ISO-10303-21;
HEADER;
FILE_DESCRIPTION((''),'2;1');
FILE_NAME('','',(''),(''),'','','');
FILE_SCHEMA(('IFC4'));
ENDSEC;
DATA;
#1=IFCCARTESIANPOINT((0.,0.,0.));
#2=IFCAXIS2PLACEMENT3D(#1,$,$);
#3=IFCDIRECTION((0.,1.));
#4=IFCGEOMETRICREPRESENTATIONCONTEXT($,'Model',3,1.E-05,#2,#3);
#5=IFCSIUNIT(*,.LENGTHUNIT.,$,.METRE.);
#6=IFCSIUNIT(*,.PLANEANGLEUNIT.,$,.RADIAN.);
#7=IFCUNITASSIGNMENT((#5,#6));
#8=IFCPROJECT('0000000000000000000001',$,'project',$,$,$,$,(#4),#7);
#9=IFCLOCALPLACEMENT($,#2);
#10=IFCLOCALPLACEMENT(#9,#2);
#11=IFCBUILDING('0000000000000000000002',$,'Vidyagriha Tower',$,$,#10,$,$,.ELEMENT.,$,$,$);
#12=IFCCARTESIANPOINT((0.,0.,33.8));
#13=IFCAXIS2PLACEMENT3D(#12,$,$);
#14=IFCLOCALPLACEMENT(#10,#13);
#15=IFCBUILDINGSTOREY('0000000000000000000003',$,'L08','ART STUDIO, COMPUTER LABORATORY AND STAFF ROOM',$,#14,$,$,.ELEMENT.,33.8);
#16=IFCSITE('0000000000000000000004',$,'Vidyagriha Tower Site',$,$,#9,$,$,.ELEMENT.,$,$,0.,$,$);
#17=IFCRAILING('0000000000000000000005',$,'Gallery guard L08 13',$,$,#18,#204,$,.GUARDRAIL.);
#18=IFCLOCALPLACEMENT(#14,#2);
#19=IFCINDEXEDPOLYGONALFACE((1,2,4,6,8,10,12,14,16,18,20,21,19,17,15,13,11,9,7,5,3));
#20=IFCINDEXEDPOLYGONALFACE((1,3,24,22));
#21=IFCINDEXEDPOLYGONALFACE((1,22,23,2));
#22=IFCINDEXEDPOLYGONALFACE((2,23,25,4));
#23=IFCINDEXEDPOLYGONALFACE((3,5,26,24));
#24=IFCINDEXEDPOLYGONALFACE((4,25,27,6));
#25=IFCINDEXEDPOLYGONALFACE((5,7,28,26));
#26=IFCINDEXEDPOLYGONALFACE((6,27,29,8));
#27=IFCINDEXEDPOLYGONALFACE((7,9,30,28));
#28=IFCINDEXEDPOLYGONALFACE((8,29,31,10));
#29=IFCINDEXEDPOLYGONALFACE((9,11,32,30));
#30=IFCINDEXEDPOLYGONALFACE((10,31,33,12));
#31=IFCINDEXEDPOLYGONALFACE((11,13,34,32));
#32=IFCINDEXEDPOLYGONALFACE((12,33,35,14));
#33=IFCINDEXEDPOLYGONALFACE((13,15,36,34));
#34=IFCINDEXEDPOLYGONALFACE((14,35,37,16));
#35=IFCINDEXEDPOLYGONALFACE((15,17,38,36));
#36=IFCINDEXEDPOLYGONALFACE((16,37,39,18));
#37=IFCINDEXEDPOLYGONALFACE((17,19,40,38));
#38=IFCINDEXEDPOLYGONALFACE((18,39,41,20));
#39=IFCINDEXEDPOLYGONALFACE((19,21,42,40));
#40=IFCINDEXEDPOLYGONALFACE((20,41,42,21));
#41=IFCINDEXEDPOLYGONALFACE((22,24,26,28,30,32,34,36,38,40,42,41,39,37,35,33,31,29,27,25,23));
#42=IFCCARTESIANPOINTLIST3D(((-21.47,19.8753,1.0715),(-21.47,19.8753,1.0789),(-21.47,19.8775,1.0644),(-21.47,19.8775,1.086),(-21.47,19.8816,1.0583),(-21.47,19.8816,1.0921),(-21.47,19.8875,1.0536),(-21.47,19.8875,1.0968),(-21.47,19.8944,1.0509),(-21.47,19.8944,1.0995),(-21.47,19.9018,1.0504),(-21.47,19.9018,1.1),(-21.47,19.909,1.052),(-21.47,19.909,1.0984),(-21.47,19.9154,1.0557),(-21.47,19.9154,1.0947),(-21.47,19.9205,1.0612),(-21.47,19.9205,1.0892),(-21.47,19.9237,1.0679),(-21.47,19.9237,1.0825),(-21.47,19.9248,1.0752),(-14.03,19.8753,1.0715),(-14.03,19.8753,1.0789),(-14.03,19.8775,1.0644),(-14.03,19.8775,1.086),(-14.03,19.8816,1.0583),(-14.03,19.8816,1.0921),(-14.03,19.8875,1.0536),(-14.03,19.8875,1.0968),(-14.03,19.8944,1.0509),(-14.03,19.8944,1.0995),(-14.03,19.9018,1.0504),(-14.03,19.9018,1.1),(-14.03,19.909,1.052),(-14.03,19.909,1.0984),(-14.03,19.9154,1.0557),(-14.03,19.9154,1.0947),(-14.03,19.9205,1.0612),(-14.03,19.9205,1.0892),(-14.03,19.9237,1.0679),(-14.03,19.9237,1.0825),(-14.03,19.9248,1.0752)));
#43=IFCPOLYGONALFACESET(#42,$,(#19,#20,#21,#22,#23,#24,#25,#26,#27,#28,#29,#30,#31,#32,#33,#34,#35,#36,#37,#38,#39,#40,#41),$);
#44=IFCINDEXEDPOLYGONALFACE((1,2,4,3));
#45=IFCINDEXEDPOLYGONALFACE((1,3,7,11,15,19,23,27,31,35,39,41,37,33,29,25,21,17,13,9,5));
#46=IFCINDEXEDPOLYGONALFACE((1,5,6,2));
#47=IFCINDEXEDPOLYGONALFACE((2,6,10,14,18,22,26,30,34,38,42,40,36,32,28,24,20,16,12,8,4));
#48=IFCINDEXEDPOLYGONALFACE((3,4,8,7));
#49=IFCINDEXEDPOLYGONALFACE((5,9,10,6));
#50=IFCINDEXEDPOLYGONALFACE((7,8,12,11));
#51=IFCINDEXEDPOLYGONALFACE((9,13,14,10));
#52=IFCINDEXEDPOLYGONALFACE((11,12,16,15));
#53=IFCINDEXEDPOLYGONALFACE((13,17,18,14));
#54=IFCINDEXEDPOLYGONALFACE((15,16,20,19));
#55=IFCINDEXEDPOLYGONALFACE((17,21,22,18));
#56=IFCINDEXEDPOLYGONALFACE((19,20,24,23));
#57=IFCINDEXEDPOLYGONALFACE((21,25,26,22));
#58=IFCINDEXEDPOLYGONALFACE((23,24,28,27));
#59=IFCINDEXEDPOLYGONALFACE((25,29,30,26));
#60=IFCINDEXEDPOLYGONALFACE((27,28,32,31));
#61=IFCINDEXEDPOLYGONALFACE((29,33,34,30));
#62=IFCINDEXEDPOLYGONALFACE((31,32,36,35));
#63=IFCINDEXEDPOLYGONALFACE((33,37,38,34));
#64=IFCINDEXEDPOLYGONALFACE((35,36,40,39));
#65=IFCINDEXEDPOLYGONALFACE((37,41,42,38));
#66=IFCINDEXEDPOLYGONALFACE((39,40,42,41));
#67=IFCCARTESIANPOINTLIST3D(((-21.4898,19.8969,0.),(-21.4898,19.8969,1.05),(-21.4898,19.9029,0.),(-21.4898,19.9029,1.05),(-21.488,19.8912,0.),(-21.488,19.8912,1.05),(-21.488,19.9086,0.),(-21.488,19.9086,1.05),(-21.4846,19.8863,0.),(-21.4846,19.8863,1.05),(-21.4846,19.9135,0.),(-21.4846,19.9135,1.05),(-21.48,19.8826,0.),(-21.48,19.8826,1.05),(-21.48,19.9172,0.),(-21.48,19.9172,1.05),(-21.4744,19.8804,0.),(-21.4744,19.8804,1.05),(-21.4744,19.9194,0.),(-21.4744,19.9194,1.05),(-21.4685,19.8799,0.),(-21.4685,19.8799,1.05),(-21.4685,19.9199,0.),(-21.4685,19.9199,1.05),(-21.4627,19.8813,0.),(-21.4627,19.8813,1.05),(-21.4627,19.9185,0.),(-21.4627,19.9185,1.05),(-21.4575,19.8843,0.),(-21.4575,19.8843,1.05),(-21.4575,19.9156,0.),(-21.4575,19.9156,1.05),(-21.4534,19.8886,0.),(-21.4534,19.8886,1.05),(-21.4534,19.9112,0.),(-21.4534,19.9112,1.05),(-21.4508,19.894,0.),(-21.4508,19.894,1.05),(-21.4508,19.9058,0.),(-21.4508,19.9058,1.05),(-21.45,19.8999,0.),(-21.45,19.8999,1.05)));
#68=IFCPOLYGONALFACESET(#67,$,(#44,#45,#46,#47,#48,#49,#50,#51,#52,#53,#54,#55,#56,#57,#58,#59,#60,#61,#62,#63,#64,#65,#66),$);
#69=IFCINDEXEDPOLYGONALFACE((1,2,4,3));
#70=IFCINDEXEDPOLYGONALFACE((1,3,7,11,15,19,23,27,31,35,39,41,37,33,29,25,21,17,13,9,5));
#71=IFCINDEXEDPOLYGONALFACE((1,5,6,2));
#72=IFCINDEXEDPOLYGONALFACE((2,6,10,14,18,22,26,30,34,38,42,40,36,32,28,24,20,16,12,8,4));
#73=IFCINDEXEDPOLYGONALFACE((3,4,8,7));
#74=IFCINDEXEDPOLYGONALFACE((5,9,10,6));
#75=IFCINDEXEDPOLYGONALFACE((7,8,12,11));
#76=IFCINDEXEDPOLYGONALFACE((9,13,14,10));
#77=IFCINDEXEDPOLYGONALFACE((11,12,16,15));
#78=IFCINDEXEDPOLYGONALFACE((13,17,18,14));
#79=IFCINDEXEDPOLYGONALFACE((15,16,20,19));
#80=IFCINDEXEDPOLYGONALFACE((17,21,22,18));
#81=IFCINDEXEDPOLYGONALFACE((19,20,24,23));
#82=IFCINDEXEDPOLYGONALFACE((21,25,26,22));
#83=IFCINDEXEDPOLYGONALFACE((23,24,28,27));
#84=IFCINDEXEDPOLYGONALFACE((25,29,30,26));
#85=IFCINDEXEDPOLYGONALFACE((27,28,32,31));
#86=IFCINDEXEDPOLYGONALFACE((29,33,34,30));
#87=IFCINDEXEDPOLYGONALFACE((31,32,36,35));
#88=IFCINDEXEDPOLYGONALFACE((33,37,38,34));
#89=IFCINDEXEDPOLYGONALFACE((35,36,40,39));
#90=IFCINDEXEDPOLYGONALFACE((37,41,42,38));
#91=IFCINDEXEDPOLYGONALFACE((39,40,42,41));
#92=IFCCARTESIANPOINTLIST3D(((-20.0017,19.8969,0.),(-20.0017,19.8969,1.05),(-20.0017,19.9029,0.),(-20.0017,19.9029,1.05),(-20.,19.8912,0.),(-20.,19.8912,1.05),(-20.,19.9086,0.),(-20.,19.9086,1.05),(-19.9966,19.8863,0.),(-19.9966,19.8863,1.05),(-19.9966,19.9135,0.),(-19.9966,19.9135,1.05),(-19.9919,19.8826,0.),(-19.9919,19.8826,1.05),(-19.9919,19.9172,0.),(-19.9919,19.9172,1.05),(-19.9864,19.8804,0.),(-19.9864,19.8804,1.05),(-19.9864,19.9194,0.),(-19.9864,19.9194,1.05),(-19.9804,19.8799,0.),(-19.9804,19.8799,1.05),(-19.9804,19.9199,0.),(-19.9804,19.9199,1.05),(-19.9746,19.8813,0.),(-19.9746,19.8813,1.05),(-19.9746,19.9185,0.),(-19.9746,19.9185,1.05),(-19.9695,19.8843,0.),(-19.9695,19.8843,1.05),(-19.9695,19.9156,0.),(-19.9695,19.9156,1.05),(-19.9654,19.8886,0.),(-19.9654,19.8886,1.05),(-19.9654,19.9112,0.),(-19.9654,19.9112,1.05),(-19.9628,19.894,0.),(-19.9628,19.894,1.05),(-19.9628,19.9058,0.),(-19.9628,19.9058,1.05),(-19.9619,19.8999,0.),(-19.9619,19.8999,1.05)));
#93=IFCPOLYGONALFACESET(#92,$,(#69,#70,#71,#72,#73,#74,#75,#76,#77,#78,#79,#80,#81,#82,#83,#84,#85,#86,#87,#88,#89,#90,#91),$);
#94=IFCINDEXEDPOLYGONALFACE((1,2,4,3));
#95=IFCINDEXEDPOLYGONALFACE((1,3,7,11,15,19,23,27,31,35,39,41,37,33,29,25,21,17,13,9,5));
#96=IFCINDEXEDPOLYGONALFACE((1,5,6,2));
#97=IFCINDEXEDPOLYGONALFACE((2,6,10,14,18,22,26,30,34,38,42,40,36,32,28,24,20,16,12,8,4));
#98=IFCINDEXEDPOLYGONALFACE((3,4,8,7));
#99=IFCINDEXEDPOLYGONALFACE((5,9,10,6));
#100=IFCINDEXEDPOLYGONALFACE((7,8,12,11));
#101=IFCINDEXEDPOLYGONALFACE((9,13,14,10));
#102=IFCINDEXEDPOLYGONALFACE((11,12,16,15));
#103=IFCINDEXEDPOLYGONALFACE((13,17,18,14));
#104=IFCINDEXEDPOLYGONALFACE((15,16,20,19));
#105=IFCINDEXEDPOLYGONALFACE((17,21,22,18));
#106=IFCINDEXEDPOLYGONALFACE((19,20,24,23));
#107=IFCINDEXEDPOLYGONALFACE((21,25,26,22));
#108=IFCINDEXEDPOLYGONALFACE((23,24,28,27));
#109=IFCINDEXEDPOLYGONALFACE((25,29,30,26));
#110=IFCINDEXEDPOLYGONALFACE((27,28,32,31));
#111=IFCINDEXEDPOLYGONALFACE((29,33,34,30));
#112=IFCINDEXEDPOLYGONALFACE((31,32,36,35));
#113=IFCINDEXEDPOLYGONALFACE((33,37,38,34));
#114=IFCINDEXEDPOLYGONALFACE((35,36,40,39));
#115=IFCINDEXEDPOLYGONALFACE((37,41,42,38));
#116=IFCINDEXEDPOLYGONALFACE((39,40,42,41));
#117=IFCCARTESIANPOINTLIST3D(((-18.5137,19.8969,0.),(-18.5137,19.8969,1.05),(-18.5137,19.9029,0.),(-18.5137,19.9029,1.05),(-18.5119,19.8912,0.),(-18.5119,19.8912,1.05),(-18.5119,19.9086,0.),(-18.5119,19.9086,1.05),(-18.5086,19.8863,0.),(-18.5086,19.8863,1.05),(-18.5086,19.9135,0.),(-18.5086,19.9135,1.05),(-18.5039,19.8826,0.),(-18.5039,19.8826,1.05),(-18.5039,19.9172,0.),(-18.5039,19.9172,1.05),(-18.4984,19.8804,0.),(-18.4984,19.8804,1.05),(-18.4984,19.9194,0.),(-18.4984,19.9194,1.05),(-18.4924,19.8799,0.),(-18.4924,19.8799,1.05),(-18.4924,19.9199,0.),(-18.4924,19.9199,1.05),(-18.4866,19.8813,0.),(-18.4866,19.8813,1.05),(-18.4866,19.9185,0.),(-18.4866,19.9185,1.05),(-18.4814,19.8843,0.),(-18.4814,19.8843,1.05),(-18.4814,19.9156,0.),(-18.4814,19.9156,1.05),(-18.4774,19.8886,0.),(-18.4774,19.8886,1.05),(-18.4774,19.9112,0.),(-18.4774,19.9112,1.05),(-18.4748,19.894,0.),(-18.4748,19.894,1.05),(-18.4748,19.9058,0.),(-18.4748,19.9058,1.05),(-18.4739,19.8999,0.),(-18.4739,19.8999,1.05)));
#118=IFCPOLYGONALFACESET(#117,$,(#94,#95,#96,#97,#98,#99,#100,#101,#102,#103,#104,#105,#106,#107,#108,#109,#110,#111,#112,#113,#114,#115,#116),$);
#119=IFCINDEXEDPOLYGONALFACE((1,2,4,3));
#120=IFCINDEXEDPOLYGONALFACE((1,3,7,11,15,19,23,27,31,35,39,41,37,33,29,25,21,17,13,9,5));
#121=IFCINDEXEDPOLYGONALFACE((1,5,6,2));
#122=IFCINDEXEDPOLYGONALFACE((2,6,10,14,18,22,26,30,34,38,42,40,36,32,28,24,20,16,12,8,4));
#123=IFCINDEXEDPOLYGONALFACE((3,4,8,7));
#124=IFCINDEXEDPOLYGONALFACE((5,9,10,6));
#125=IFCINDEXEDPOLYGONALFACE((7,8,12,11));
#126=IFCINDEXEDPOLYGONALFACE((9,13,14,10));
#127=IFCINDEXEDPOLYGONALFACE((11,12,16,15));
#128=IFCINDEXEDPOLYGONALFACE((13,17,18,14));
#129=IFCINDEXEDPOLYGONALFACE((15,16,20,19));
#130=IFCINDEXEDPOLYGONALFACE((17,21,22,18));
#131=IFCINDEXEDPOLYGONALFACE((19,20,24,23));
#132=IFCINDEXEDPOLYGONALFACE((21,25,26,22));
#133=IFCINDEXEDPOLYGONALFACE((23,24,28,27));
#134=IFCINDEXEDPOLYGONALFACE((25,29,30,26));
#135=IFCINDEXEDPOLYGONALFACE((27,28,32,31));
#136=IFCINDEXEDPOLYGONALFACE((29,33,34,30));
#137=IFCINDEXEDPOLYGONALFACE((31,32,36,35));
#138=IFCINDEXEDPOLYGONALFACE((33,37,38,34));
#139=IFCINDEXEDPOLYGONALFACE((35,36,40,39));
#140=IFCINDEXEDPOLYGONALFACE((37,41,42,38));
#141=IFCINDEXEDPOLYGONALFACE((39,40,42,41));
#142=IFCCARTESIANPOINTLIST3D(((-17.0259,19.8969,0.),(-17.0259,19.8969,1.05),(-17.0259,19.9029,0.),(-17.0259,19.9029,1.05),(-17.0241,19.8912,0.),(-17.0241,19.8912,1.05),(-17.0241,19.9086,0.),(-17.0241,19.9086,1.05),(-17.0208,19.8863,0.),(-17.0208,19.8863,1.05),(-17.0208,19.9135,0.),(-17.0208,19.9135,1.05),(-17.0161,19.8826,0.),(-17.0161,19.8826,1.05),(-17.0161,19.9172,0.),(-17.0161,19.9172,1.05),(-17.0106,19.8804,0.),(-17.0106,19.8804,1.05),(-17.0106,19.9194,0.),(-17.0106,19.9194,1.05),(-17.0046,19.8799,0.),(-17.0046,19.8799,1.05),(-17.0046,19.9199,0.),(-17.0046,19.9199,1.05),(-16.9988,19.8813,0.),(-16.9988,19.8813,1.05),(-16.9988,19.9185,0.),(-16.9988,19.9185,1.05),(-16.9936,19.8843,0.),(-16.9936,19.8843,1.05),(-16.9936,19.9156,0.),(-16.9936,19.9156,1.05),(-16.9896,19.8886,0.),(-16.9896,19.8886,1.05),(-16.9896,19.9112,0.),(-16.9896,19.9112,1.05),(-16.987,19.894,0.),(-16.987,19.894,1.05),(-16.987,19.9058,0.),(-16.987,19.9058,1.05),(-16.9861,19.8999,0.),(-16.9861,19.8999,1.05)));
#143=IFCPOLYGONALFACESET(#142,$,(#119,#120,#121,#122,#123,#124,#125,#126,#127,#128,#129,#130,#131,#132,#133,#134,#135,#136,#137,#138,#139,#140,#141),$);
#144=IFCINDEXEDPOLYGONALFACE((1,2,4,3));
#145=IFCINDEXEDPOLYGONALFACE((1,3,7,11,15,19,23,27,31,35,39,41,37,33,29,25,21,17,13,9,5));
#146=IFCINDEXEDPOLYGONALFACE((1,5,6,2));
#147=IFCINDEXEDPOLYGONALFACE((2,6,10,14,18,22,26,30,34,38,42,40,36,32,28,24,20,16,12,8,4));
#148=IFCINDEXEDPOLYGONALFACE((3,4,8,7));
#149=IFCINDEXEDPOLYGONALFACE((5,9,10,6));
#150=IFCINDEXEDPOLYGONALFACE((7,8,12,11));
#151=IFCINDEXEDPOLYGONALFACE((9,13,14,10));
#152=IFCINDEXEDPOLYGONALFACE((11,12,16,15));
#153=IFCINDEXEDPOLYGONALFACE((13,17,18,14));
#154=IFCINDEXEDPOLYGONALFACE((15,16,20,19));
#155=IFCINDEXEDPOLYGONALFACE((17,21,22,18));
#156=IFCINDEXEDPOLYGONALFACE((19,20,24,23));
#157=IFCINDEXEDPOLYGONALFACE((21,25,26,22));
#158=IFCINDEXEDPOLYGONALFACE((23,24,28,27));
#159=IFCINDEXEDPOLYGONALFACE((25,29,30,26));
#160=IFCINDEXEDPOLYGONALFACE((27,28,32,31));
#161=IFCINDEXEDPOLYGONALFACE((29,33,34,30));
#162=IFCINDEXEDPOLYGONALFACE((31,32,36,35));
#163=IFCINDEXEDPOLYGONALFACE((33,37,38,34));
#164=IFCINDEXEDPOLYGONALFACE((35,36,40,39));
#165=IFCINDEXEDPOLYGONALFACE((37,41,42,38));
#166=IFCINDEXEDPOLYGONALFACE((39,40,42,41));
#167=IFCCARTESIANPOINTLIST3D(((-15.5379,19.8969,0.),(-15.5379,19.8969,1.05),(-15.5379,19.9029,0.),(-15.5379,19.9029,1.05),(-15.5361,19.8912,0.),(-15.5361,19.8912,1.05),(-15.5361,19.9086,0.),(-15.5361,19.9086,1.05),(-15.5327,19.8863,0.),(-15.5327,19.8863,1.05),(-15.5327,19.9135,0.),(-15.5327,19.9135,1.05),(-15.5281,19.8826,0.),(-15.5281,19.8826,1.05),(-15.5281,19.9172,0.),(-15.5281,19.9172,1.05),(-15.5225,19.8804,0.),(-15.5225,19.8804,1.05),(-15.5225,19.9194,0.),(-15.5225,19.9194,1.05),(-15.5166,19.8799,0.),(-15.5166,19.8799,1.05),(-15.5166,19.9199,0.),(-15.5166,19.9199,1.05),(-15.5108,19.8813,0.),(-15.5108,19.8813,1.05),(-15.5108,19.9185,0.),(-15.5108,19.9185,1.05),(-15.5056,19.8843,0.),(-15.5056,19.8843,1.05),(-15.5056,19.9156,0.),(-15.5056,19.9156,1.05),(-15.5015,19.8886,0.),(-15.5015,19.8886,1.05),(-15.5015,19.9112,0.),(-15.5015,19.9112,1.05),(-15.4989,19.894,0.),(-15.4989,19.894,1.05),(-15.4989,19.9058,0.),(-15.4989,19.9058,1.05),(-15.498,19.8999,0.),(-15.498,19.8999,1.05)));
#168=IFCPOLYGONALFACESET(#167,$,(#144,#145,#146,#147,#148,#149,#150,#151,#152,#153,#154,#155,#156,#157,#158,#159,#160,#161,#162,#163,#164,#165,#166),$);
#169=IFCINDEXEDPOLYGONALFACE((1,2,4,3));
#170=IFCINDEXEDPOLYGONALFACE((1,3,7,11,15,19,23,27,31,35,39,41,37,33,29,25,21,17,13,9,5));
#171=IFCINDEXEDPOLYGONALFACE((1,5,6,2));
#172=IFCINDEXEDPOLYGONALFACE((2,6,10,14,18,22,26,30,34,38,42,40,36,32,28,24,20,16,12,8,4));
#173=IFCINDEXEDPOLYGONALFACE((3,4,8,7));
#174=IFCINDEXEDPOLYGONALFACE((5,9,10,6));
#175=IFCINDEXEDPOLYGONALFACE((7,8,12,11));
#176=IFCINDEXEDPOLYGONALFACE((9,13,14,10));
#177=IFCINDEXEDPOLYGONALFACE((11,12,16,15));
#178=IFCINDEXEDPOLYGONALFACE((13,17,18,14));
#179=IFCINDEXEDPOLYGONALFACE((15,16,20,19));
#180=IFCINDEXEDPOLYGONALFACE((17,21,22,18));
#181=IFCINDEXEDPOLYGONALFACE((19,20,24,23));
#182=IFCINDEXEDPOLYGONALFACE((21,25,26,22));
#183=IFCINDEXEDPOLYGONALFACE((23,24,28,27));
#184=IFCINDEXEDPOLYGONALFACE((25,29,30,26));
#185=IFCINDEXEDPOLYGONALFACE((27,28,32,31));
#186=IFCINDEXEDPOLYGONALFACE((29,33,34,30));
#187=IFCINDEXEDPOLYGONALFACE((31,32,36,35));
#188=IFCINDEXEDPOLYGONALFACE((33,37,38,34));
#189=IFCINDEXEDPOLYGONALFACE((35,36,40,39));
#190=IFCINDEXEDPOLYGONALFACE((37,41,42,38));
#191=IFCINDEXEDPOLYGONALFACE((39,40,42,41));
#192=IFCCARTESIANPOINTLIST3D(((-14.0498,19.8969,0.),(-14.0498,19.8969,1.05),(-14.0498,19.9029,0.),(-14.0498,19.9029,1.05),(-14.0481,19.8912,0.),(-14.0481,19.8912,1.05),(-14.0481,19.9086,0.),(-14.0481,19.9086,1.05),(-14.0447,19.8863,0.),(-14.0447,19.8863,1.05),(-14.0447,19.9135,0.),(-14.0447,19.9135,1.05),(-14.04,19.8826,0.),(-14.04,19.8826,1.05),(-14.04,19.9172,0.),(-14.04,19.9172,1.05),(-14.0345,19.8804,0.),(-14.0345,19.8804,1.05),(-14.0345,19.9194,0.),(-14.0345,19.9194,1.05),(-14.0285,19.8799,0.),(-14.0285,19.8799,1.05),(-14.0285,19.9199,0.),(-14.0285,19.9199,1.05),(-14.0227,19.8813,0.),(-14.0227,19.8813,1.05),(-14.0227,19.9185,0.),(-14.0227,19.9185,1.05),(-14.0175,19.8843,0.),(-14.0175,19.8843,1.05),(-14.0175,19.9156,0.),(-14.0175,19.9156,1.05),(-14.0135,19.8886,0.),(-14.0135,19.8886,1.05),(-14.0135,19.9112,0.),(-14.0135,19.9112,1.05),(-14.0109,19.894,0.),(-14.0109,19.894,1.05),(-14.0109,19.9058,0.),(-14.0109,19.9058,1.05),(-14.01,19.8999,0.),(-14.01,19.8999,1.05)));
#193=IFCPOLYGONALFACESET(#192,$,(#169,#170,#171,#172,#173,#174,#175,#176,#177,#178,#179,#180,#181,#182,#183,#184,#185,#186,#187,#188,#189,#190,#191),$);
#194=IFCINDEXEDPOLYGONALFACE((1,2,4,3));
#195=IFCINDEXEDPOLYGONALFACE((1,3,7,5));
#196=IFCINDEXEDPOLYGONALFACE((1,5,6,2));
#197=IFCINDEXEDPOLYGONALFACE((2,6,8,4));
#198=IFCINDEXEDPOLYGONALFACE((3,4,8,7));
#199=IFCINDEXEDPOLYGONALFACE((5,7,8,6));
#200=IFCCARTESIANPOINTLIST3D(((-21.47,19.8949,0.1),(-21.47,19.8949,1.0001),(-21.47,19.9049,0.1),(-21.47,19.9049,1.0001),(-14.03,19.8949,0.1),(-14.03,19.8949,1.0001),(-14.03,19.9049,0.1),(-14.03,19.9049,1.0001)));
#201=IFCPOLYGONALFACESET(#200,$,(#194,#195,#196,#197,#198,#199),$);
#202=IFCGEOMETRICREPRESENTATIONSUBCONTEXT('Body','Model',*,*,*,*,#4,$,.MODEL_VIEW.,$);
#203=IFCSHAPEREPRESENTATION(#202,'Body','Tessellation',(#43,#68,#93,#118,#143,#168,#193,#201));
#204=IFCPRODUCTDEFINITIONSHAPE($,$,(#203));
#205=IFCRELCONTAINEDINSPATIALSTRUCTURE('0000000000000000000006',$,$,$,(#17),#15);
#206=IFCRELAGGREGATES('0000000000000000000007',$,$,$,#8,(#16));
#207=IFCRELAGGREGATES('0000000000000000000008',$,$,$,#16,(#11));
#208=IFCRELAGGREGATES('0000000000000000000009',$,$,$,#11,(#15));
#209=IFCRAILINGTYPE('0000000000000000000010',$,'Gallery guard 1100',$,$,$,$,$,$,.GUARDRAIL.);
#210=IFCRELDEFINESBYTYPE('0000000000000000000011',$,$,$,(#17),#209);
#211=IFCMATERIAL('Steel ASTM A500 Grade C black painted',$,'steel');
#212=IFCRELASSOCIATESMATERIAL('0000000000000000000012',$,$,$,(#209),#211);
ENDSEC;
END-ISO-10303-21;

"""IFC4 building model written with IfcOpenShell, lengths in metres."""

from ifc_helpers import new_model, si_unit, direction, frame, origin, origin_2d, place, context, subcontext, project, spatial, rectangle, circle, extrude, material, type_object, element, save


model = new_model("IFC4")

# Units and contexts
model_context = context("Model", 3, precision=1e-05, world=origin(), true_north=direction((0.0, 1.0)))
body_context = subcontext(model_context, "Body", "Model", "MODEL_VIEW")
ifc_project = project(units=[si_unit("LENGTHUNIT", "METRE"), si_unit("PLANEANGLEUNIT", "RADIAN")], contexts=[model_context])

# Site, building, storey
site_placement = place(None, origin())
site = spatial("IfcSite", under=ifc_project, at=site_placement, Name="Vidyagriha Tower Site", CompositionType="ELEMENT", RefElevation=0.0)
building_placement = place(site_placement, origin())
building = spatial("IfcBuilding", under=site, at=building_placement, Name="Vidyagriha Tower", CompositionType="ELEMENT")
storey_placement = place(building_placement, frame((0.0, 0.0, 33.8)))
storey = spatial("IfcBuildingStorey", under=building, at=storey_placement, Name="L08", Description="ART STUDIO, COMPUTER LABORATORY AND STAFF ROOM", CompositionType="ELEMENT", Elevation=33.8)

# Railing
ifc_material_1 = material(Name="Steel ASTM A500 Grade C black painted", Category="steel")
railing_type = type_object("IfcRailingType", Name="Gallery guard 1100", PredefinedType="GUARDRAIL", material=ifc_material_1)
railing_placement = place(storey_placement, frame((-21.47, 19.8999, 0.0)))
element("IfcRailing", 1, at=railing_placement, inside=storey, type_object=railing_type, Name="Gallery guard L08 13", PredefinedType="GUARDRAIL", context=body_context, shape_type="SweptSolid", body=[
    extrude(circle(Radius=0.0249, at=origin_2d()), frame((0.0, 0.0, 1.0752), z_axis=(1.0, 0.0, 0.0), x_axis=(0.0, 1.0, 0.0)), (0.0, 0.0, 1.0), 7.4399),
    extrude(circle(Radius=0.02, at=origin_2d()), origin(), (0.0, 0.0, 1.0), 1.05),
    extrude(circle(Radius=0.02, at=origin_2d()), frame((1.488, 0.0, 0.0)), (0.0, 0.0, 1.0), 1.05),
    extrude(circle(Radius=0.02, at=origin_2d()), frame((2.9761, 0.0, 0.0)), (0.0, 0.0, 1.0), 1.05),
    extrude(circle(Radius=0.02, at=origin_2d()), frame((4.4639, 0.0, 0.0)), (0.0, 0.0, 1.0), 1.05),
    extrude(circle(Radius=0.02, at=origin_2d()), frame((5.9519, 0.0, 0.0)), (0.0, 0.0, 1.0), 1.05),
    extrude(circle(Radius=0.02, at=origin_2d()), frame((7.4399, 0.0, 0.0)), (0.0, 0.0, 1.0), 1.05),
    extrude(rectangle(XDim=0.01, YDim=0.9001, at=origin_2d()), frame((0.0, 0.0, 0.55), z_axis=(1.0, 0.0, 0.0), x_axis=(0.0, 1.0, 0.0)), (0.0, 0.0, 1.0), 7.4399),
])

save(model, "model.ifc")
